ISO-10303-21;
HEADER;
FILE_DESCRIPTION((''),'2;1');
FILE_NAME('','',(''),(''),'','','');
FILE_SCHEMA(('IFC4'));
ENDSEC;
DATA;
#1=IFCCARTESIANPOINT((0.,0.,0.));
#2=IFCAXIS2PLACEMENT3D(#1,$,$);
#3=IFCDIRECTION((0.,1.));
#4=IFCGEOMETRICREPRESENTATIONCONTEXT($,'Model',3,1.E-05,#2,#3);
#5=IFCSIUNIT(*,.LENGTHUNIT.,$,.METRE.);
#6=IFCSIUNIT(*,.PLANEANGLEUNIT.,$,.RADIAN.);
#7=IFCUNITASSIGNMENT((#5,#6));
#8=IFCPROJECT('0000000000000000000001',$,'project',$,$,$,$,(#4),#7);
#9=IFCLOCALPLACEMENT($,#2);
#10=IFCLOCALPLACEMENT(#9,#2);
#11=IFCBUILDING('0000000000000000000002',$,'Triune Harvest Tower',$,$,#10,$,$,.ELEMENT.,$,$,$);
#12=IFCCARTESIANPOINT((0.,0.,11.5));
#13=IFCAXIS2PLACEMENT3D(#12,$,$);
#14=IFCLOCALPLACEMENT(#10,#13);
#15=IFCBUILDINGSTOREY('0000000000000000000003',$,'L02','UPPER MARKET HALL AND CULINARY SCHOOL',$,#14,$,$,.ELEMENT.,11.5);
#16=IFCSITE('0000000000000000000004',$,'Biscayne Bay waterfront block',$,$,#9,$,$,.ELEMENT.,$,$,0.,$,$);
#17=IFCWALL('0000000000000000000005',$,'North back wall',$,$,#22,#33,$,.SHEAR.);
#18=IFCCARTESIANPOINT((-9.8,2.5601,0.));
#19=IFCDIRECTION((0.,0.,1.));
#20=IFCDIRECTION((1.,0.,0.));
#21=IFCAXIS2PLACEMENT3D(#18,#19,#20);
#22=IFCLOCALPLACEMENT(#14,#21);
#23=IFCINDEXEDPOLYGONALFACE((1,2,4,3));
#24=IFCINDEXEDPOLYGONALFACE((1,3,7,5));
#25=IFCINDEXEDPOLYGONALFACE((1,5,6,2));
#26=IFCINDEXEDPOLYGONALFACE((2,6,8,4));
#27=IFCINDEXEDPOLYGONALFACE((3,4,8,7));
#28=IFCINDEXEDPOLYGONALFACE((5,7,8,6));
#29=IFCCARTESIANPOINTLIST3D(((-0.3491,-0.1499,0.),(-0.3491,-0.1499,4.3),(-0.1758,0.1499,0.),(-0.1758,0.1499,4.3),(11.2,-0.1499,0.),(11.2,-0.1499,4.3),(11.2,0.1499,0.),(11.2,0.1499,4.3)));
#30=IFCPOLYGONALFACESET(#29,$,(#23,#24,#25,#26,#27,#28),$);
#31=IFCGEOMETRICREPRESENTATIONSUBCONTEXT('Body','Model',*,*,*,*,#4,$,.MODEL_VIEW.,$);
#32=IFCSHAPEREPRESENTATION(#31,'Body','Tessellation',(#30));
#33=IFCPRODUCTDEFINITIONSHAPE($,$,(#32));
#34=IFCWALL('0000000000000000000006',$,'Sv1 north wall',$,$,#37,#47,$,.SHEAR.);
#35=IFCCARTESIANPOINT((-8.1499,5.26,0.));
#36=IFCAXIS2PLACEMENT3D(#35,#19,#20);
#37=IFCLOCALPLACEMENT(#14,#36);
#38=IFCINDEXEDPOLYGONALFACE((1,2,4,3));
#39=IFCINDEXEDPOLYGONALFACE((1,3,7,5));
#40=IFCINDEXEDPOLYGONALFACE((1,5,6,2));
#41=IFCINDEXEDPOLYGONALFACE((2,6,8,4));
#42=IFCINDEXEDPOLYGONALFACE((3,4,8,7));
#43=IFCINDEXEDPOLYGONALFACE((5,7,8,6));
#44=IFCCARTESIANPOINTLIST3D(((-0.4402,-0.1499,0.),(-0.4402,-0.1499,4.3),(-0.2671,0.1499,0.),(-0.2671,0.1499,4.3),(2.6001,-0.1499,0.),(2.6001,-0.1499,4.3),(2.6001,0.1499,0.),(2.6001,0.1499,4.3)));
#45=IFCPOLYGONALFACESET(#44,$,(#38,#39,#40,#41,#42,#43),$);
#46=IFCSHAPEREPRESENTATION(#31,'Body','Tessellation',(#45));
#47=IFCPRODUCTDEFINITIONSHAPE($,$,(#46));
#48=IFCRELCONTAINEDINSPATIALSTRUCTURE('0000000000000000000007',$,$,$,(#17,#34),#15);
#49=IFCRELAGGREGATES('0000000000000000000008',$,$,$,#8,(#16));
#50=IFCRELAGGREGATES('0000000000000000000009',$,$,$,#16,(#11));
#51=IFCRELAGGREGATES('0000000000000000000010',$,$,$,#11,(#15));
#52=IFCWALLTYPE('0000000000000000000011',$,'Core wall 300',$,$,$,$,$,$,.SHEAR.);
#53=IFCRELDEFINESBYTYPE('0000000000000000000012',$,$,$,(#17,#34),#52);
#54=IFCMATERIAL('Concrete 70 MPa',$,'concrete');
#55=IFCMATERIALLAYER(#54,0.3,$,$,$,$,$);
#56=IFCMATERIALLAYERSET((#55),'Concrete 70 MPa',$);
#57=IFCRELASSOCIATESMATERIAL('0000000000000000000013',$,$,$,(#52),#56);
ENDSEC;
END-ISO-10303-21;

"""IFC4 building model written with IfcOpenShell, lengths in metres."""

from ifc_helpers import new_model, si_unit, direction, frame, origin, place, context, subcontext, project, spatial, polyline, outline, extrude, source, transform, mapped, material, layer, layer_set, type_object, element, save


model = new_model("IFC4")

# Units and contexts
model_context = context("Model", 3, precision=1e-05, world=origin(), true_north=direction((0.0, 1.0)))
body_context = subcontext(model_context, "Body", "Model", "MODEL_VIEW")
ifc_project = project(units=[si_unit("LENGTHUNIT", "METRE"), si_unit("PLANEANGLEUNIT", "RADIAN")], contexts=[model_context])

# Site, building, storey
site_placement = place(None, origin())
site = spatial("IfcSite", under=ifc_project, at=site_placement, Name="Biscayne Bay waterfront block", CompositionType="ELEMENT", RefElevation=0.0)
building_placement = place(site_placement, origin())
building = spatial("IfcBuilding", under=site, at=building_placement, Name="Triune Harvest Tower", CompositionType="ELEMENT")
storey_placement = place(building_placement, frame((0.0, 0.0, 11.5)))
storey = spatial("IfcBuildingStorey", under=building, at=storey_placement, Name="L02", Description="UPPER MARKET HALL AND CULINARY SCHOOL", CompositionType="ELEMENT", Elevation=11.5)

# Shared definitions
ifc_material_1 = material(Name="Concrete 70 MPa", Category="concrete")
ifc_layer_1 = layer(ifc_material_1, 0.3)
ifc_layer_set_1 = layer_set([ifc_layer_1], Name="Concrete 70 MPa")
wall_type_1 = type_object("IfcWallType", Name="Core wall 300", PredefinedType="SHEAR", material=ifc_layer_set_1)

# Wall
shared_shape_1 = source(origin(), body_context, "Body", "SweptSolid", [
    extrude(outline(polyline([(11.2, -0.1499), (-0.3491, -0.1499), (-0.1758, 0.1499), (11.2, 0.1499), (11.2, -0.1499)])), origin(), (0.0, 0.0, 1.0), 4.3),
])
wall_1_placement = place(storey_placement, frame((-9.8, 2.5601, 0.0), z_axis=(0.0, 0.0, 1.0), x_axis=(1.0, 0.0, 0.0)))
element("IfcWall", 1, at=wall_1_placement, inside=storey, type_object=wall_type_1, Name="North back wall", PredefinedType="SHEAR", context=body_context, shape_type="MappedRepresentation", body=[
    mapped(shared_shape_1, transform((0.0, 0.0, 0.0), scale=1.0)),
])

# Wall
shared_shape_2 = source(origin(), body_context, "Body", "SweptSolid", [
    extrude(outline(polyline([(2.6001, -0.1499), (-0.4402, -0.1499), (-0.2671, 0.1499), (2.6001, 0.1499), (2.6001, -0.1499)])), origin(), (0.0, 0.0, 1.0), 4.3),
])
wall_2_placement = place(storey_placement, frame((-8.1499, 5.26, 0.0), z_axis=(0.0, 0.0, 1.0), x_axis=(1.0, 0.0, 0.0)))
element("IfcWall", 2, at=wall_2_placement, inside=storey, type_object=wall_type_1, Name="Sv1 north wall", PredefinedType="SHEAR", context=body_context, shape_type="MappedRepresentation", body=[
    mapped(shared_shape_2, transform((0.0, 0.0, 0.0), scale=1.0)),
])

save(model, "model.ifc")
